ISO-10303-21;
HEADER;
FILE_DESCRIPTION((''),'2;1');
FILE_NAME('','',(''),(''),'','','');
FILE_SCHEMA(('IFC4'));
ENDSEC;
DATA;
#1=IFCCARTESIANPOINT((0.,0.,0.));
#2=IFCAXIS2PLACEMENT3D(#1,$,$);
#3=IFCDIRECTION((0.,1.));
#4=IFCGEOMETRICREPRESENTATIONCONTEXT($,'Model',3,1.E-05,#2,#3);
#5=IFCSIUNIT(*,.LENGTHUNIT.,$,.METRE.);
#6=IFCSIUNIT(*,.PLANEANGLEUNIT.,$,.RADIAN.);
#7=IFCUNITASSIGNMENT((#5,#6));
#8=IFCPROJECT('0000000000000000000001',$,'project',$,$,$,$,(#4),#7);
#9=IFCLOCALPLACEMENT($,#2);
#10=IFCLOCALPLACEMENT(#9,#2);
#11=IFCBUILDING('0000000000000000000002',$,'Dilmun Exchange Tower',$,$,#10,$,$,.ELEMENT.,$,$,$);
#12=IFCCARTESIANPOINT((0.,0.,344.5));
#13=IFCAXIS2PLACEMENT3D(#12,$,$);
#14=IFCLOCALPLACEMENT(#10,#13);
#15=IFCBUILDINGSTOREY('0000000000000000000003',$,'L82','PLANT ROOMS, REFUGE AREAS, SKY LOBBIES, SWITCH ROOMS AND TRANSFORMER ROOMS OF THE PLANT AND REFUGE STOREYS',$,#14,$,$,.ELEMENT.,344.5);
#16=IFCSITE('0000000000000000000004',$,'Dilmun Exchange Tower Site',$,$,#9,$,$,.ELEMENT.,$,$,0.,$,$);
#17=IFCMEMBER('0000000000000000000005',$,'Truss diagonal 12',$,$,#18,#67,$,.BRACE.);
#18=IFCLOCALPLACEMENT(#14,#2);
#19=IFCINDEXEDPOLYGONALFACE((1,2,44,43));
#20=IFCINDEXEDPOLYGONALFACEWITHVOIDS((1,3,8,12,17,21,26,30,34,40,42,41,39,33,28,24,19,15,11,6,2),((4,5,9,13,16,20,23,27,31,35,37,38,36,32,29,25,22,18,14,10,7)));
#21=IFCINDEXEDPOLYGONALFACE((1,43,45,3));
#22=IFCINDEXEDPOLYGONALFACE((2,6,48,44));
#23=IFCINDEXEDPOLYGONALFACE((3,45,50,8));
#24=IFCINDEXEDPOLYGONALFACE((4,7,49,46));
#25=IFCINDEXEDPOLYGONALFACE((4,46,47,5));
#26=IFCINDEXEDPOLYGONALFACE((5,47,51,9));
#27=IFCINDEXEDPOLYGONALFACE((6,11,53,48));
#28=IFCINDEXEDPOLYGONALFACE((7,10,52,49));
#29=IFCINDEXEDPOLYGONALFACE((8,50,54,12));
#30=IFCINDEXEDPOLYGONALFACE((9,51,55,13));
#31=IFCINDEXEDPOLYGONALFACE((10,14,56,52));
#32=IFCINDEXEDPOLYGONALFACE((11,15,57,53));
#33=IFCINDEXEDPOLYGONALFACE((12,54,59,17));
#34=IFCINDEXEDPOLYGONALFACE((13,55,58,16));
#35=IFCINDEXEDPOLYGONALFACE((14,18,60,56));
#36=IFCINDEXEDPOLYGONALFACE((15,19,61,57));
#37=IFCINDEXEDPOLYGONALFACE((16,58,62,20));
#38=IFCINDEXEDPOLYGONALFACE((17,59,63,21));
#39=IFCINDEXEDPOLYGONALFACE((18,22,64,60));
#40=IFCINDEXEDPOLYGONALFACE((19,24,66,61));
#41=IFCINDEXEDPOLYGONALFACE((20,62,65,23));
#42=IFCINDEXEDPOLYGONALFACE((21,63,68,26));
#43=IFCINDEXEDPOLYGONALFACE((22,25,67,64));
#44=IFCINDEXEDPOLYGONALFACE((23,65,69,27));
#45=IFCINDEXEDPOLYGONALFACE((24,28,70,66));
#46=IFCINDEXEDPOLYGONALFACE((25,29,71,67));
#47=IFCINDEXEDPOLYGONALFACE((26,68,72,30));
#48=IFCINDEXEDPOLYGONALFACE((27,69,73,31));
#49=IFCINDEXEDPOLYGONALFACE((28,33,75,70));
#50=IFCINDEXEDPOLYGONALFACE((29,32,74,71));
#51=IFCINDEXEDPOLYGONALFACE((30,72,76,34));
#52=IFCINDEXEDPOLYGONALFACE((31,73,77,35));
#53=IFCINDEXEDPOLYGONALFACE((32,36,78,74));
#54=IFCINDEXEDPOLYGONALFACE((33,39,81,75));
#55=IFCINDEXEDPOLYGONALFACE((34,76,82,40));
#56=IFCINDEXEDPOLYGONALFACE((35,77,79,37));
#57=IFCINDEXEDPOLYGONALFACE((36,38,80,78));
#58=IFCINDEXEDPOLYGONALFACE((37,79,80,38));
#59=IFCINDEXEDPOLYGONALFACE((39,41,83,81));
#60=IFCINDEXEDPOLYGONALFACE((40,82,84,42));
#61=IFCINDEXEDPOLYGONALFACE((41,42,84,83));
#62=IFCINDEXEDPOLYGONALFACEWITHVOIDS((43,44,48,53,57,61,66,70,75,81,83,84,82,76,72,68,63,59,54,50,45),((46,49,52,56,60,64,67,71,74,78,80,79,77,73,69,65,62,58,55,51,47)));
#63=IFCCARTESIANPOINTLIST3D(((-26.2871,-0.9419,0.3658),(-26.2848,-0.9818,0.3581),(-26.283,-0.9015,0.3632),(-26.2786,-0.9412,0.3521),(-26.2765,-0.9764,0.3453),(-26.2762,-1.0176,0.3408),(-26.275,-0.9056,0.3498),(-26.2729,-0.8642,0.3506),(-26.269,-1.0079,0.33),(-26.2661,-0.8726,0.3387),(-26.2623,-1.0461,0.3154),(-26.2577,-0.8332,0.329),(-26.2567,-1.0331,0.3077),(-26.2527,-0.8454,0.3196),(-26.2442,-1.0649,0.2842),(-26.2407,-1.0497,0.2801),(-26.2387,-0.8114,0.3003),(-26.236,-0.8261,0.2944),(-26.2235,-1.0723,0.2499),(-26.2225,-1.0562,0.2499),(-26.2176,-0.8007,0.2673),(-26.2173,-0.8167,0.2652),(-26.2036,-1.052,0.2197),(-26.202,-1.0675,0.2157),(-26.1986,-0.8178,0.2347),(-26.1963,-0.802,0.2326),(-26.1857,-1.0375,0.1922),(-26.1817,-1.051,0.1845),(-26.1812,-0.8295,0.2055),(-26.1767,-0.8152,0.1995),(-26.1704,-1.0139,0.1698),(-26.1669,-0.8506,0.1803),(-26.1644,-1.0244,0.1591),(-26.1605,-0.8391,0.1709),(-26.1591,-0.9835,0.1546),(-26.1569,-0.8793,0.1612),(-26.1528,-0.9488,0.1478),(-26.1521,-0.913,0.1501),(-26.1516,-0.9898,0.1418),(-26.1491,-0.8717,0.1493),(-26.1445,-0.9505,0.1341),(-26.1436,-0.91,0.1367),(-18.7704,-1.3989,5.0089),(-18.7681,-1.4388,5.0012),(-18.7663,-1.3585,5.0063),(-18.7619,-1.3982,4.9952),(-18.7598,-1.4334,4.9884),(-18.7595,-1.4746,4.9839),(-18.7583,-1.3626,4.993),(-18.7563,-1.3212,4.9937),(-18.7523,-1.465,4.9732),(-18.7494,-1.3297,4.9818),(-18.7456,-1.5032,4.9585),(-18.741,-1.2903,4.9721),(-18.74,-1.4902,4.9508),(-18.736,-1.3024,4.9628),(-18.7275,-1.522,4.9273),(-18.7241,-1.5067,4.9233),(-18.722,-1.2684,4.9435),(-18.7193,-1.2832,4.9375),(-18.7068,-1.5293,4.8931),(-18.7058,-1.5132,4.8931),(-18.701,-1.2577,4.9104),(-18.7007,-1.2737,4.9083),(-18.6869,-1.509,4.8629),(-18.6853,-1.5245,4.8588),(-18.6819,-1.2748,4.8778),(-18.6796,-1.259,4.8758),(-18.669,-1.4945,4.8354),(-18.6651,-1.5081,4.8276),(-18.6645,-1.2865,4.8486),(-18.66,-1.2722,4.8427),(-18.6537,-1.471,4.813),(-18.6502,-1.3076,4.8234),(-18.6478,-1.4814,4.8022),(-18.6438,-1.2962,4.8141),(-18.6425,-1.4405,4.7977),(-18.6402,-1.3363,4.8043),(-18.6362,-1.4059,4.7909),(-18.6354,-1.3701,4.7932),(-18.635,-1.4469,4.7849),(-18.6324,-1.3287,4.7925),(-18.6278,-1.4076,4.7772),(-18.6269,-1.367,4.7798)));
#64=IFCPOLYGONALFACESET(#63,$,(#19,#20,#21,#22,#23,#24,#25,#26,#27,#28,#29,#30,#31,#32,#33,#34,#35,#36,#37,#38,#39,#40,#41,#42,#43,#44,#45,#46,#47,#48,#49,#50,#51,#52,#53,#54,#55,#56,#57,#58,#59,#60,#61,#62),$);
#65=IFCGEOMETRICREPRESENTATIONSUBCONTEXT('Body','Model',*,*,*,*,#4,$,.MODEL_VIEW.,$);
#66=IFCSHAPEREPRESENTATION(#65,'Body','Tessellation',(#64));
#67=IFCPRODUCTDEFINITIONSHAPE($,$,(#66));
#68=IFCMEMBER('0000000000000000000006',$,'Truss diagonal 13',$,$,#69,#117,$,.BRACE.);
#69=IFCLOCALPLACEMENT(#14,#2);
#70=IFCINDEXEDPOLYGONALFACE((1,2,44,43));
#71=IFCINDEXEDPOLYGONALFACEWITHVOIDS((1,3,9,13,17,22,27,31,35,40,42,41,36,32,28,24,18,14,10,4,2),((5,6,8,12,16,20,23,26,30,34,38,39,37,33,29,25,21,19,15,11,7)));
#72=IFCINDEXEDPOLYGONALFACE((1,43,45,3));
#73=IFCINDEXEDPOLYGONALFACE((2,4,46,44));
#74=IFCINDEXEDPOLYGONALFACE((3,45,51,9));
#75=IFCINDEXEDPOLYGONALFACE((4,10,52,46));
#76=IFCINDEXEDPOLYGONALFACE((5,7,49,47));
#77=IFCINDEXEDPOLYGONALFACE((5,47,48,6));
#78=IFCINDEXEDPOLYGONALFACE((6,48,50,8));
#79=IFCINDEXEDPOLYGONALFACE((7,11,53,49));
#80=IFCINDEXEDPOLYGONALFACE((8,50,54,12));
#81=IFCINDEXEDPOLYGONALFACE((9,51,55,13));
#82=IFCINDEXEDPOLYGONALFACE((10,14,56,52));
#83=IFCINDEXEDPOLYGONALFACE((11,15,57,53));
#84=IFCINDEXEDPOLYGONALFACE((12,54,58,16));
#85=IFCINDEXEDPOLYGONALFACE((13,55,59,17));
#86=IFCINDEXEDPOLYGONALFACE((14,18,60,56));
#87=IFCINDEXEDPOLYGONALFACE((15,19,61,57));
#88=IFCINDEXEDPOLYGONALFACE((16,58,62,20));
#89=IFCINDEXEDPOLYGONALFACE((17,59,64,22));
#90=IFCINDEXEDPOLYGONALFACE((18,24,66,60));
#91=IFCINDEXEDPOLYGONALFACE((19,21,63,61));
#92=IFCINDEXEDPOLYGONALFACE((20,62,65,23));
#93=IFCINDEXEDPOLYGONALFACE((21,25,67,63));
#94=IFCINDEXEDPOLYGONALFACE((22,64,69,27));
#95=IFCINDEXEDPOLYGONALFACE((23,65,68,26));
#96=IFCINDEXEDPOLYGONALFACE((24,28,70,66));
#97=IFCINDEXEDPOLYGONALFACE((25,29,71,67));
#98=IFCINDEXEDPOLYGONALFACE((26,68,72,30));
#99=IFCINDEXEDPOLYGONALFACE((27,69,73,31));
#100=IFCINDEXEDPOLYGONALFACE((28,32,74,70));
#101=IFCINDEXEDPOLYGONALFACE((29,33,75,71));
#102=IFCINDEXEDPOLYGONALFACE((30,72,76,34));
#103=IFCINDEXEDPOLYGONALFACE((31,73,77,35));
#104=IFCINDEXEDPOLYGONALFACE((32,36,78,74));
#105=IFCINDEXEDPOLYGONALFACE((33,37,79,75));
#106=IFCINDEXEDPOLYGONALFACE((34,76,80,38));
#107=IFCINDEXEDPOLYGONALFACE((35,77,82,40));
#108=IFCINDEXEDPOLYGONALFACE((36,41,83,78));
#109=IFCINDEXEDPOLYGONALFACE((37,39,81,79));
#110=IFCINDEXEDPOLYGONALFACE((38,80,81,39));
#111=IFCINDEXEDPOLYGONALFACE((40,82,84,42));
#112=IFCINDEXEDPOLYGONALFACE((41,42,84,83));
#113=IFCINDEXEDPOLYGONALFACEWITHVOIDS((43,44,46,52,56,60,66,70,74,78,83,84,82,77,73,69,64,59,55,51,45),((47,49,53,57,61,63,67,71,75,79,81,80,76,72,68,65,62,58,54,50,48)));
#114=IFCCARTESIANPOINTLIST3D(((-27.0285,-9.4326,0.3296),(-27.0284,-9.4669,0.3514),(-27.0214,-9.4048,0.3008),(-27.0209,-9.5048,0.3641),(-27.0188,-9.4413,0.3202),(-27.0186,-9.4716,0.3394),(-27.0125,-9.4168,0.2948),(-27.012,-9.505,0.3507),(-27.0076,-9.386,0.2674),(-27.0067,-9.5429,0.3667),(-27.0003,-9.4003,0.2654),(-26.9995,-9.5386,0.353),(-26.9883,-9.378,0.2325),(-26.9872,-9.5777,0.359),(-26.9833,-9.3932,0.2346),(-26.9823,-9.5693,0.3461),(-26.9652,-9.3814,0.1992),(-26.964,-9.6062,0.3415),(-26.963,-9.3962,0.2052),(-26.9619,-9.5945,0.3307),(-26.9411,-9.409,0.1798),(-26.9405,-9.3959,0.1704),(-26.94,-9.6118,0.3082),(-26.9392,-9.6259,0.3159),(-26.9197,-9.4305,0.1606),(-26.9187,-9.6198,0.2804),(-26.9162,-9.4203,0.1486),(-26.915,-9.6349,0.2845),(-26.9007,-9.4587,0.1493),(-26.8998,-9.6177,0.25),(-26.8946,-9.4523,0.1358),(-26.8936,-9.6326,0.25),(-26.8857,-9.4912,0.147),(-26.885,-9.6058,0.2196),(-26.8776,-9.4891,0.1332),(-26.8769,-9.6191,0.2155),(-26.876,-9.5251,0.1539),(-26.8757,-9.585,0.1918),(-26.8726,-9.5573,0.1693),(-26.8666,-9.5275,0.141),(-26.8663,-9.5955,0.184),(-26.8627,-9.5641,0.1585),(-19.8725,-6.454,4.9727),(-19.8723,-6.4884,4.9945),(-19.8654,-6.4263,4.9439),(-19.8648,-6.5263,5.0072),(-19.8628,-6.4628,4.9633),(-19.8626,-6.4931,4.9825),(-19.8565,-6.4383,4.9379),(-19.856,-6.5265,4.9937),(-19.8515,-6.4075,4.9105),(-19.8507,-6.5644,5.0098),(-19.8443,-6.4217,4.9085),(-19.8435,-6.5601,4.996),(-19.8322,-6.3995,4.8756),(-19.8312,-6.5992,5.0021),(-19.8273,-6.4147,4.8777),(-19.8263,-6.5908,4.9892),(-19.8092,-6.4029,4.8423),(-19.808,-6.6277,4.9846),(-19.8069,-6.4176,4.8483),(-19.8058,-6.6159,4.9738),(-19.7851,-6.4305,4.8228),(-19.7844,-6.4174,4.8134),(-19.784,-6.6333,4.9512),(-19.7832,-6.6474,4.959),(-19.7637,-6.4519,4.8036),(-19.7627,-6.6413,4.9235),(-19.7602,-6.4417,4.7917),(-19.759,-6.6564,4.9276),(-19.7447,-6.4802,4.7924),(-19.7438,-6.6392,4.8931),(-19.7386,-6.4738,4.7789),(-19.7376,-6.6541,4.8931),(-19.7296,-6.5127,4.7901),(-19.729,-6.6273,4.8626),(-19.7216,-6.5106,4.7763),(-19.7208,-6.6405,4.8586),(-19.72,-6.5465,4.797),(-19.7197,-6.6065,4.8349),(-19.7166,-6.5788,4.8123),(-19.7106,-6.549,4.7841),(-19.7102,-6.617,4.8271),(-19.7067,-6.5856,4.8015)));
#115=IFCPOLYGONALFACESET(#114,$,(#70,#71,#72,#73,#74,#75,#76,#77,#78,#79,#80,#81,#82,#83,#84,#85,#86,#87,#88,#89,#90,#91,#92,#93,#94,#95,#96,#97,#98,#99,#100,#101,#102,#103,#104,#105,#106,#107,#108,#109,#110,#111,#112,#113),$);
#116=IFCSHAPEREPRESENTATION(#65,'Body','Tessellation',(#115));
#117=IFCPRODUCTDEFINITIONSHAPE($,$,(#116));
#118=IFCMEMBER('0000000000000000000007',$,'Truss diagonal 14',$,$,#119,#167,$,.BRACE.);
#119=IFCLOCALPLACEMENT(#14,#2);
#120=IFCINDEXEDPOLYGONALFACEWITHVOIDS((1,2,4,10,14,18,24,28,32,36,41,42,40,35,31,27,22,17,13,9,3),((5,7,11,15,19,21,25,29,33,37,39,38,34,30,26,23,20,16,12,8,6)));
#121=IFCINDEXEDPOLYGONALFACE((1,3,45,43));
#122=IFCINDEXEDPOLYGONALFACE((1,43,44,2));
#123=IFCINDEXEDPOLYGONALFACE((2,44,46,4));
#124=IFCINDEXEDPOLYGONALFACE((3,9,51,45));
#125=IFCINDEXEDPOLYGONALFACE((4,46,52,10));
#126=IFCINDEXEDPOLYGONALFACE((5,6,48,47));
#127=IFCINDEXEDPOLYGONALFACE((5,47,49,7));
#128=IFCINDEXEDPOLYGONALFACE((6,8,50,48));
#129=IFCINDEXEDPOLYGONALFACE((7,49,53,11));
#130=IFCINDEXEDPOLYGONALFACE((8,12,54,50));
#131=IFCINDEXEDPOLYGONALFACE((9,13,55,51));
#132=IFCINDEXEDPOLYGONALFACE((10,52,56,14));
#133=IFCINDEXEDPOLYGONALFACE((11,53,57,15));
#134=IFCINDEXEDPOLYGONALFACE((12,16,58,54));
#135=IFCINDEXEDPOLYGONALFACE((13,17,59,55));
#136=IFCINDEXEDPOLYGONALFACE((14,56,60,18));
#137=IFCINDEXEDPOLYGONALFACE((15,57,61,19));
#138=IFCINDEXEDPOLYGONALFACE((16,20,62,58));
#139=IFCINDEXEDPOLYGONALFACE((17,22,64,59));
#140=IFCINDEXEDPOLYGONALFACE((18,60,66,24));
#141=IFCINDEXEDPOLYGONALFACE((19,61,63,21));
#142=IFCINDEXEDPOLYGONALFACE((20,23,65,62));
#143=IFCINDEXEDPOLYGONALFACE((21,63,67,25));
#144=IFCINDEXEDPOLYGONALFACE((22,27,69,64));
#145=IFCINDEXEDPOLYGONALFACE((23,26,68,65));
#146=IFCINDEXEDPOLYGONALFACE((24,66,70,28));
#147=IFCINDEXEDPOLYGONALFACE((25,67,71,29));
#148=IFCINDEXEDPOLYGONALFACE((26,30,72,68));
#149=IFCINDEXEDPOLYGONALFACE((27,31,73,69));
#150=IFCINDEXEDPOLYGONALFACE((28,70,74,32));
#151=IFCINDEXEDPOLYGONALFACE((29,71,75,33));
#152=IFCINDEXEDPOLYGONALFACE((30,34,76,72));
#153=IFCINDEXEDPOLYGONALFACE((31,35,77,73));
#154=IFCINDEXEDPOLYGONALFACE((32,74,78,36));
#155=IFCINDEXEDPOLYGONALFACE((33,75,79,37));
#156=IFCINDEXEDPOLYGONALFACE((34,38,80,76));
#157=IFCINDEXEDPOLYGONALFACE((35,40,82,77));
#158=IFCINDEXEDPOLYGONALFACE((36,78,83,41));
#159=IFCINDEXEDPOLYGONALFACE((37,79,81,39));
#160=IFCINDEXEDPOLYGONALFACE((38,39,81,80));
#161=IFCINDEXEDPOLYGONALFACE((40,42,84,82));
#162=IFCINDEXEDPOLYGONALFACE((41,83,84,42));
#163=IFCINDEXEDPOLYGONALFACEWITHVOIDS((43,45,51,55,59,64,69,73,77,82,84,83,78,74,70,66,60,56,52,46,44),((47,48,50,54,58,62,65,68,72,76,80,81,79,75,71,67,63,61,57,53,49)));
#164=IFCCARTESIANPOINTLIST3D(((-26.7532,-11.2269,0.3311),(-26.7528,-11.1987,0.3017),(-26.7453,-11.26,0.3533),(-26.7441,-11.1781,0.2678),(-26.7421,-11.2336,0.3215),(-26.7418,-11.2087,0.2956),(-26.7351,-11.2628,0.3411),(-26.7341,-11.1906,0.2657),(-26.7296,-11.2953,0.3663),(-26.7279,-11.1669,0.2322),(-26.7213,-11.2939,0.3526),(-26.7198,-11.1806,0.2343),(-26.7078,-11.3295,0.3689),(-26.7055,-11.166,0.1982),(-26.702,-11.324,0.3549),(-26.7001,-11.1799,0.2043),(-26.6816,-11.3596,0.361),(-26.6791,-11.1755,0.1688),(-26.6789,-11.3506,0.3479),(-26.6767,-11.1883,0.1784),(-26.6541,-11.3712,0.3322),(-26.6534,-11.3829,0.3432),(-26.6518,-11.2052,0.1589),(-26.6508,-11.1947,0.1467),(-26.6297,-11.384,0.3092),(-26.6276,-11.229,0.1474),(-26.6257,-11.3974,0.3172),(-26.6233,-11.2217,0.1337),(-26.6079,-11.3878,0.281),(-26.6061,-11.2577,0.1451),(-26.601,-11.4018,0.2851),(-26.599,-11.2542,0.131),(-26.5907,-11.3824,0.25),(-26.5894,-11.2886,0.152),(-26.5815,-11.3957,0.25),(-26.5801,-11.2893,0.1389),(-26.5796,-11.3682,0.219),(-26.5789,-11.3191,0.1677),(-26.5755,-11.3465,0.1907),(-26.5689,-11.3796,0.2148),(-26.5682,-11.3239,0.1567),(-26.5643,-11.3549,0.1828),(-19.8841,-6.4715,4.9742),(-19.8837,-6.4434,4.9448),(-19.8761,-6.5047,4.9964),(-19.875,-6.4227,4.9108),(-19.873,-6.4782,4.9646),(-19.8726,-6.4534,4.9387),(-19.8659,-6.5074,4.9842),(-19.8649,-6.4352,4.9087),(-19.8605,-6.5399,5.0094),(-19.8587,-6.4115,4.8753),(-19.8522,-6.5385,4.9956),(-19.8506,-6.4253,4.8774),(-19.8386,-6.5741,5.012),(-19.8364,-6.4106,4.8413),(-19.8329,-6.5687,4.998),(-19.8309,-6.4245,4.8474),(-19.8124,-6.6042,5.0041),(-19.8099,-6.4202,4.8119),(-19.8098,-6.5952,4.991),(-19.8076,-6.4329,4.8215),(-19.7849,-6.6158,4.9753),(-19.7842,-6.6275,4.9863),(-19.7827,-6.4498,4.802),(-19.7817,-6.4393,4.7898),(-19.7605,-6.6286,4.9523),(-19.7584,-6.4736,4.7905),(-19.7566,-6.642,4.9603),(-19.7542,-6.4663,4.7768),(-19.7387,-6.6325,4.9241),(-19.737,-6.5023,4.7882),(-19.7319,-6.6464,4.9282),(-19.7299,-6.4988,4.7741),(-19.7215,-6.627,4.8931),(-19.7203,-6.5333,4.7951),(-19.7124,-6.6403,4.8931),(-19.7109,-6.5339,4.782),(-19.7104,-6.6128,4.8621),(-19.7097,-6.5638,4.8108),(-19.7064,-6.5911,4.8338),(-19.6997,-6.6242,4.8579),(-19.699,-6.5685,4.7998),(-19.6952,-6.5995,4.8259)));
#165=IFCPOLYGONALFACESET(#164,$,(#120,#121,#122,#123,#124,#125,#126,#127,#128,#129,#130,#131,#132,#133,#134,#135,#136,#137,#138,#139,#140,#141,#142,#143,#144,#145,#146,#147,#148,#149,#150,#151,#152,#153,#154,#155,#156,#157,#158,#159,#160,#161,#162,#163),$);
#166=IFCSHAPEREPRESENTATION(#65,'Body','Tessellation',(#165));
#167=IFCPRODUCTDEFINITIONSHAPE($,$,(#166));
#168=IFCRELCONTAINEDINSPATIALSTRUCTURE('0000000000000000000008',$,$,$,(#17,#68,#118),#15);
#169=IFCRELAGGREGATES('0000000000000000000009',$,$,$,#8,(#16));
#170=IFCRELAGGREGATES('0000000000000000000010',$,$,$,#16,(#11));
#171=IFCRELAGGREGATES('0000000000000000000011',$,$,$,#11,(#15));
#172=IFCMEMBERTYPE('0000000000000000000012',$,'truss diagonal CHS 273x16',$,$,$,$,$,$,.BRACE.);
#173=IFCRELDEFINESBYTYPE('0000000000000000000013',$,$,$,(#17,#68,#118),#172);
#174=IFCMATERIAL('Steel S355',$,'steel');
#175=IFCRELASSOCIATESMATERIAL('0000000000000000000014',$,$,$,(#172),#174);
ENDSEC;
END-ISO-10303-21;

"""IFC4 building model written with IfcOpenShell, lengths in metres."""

from ifc_helpers import new_model, si_unit, direction, frame, origin, origin_2d, place, context, subcontext, project, spatial, hollow_circle, extrude, material, material_profile, profile_set, type_object, element, save


model = new_model("IFC4")

# Units and contexts
model_context = context("Model", 3, precision=1e-05, world=origin(), true_north=direction((0.0, 1.0)))
body_context = subcontext(model_context, "Body", "Model", "MODEL_VIEW")
ifc_project = project(units=[si_unit("LENGTHUNIT", "METRE"), si_unit("PLANEANGLEUNIT", "RADIAN")], contexts=[model_context])

# Site, building, storey
site_placement = place(None, origin())
site = spatial("IfcSite", under=ifc_project, at=site_placement, Name="Dilmun Exchange Tower Site", CompositionType="ELEMENT", RefElevation=0.0)
building_placement = place(site_placement, origin())
building = spatial("IfcBuilding", under=site, at=building_placement, Name="Dilmun Exchange Tower", CompositionType="ELEMENT")
storey_placement = place(building_placement, frame((0.0, 0.0, 344.5)))
storey = spatial("IfcBuildingStorey", under=building, at=storey_placement, Name="L82", Description="PLANT ROOMS, REFUGE AREAS, SKY LOBBIES, SWITCH ROOMS AND TRANSFORMER ROOMS OF THE PLANT AND REFUGE STOREYS", CompositionType="ELEMENT", Elevation=344.5)

# Shared definitions
ifc_material_1 = material(Name="Steel S355", Category="steel")

# Members
ifc_material_profile_1 = material_profile(ifc_material_1, hollow_circle(Radius=0.1365, WallThickness=0.0161, at=origin_2d()), Name="CHS 273x16")
ifc_profile_set_1 = profile_set([ifc_material_profile_1], Name="Steel S355")
member_type_1 = type_object("IfcMemberType", Name="truss diagonal CHS 273x16", PredefinedType="BRACE", material=ifc_profile_set_1)
member_1_placement = place(storey_placement, frame((-18.6985, -1.3931, 4.8931), z_axis=(-0.849639, 0.051661, -0.524829), x_axis=(-0.060691, -0.998157, 0.0)))
element("IfcMember", 1, at=member_1_placement, inside=storey, type_object=member_type_1, Name="Truss diagonal 12", PredefinedType="BRACE", context=body_context, shape_type="SweptSolid", body=[
    extrude(hollow_circle(Radius=0.1365, WallThickness=0.0161, at=origin_2d()), origin(), (0.0, 0.0, 1.0), 8.8469),
])
member_2_placement = place(storey_placement, frame((-19.79, -6.5281, 4.8931), z_axis=(-0.791999, -0.32965, -0.513876), x_axis=(0.384269, -0.923221, 0.0)))
element("IfcMember", 2, at=member_2_placement, inside=storey, type_object=member_type_1, Name="Truss diagonal 13", PredefinedType="BRACE", context=body_context, shape_type="SweptSolid", body=[
    extrude(hollow_circle(Radius=0.1365, WallThickness=0.0161, at=origin_2d()), origin(), (0.0, 0.0, 1.0), 9.0354),
])
member_3_placement = place(storey_placement, frame((-19.79, -6.5281, 4.8931), z_axis=(-0.718674, -0.497524, -0.485774), x_axis=(0.569195, -0.822203, 0.0)))
element("IfcMember", 3, at=member_3_placement, inside=storey, type_object=member_type_1, Name="Truss diagonal 14", PredefinedType="BRACE", context=body_context, shape_type="SweptSolid", body=[
    extrude(hollow_circle(Radius=0.1365, WallThickness=0.0161, at=origin_2d()), origin(), (0.0, 0.0, 1.0), 9.5581),
])

save(model, "model.ifc")
